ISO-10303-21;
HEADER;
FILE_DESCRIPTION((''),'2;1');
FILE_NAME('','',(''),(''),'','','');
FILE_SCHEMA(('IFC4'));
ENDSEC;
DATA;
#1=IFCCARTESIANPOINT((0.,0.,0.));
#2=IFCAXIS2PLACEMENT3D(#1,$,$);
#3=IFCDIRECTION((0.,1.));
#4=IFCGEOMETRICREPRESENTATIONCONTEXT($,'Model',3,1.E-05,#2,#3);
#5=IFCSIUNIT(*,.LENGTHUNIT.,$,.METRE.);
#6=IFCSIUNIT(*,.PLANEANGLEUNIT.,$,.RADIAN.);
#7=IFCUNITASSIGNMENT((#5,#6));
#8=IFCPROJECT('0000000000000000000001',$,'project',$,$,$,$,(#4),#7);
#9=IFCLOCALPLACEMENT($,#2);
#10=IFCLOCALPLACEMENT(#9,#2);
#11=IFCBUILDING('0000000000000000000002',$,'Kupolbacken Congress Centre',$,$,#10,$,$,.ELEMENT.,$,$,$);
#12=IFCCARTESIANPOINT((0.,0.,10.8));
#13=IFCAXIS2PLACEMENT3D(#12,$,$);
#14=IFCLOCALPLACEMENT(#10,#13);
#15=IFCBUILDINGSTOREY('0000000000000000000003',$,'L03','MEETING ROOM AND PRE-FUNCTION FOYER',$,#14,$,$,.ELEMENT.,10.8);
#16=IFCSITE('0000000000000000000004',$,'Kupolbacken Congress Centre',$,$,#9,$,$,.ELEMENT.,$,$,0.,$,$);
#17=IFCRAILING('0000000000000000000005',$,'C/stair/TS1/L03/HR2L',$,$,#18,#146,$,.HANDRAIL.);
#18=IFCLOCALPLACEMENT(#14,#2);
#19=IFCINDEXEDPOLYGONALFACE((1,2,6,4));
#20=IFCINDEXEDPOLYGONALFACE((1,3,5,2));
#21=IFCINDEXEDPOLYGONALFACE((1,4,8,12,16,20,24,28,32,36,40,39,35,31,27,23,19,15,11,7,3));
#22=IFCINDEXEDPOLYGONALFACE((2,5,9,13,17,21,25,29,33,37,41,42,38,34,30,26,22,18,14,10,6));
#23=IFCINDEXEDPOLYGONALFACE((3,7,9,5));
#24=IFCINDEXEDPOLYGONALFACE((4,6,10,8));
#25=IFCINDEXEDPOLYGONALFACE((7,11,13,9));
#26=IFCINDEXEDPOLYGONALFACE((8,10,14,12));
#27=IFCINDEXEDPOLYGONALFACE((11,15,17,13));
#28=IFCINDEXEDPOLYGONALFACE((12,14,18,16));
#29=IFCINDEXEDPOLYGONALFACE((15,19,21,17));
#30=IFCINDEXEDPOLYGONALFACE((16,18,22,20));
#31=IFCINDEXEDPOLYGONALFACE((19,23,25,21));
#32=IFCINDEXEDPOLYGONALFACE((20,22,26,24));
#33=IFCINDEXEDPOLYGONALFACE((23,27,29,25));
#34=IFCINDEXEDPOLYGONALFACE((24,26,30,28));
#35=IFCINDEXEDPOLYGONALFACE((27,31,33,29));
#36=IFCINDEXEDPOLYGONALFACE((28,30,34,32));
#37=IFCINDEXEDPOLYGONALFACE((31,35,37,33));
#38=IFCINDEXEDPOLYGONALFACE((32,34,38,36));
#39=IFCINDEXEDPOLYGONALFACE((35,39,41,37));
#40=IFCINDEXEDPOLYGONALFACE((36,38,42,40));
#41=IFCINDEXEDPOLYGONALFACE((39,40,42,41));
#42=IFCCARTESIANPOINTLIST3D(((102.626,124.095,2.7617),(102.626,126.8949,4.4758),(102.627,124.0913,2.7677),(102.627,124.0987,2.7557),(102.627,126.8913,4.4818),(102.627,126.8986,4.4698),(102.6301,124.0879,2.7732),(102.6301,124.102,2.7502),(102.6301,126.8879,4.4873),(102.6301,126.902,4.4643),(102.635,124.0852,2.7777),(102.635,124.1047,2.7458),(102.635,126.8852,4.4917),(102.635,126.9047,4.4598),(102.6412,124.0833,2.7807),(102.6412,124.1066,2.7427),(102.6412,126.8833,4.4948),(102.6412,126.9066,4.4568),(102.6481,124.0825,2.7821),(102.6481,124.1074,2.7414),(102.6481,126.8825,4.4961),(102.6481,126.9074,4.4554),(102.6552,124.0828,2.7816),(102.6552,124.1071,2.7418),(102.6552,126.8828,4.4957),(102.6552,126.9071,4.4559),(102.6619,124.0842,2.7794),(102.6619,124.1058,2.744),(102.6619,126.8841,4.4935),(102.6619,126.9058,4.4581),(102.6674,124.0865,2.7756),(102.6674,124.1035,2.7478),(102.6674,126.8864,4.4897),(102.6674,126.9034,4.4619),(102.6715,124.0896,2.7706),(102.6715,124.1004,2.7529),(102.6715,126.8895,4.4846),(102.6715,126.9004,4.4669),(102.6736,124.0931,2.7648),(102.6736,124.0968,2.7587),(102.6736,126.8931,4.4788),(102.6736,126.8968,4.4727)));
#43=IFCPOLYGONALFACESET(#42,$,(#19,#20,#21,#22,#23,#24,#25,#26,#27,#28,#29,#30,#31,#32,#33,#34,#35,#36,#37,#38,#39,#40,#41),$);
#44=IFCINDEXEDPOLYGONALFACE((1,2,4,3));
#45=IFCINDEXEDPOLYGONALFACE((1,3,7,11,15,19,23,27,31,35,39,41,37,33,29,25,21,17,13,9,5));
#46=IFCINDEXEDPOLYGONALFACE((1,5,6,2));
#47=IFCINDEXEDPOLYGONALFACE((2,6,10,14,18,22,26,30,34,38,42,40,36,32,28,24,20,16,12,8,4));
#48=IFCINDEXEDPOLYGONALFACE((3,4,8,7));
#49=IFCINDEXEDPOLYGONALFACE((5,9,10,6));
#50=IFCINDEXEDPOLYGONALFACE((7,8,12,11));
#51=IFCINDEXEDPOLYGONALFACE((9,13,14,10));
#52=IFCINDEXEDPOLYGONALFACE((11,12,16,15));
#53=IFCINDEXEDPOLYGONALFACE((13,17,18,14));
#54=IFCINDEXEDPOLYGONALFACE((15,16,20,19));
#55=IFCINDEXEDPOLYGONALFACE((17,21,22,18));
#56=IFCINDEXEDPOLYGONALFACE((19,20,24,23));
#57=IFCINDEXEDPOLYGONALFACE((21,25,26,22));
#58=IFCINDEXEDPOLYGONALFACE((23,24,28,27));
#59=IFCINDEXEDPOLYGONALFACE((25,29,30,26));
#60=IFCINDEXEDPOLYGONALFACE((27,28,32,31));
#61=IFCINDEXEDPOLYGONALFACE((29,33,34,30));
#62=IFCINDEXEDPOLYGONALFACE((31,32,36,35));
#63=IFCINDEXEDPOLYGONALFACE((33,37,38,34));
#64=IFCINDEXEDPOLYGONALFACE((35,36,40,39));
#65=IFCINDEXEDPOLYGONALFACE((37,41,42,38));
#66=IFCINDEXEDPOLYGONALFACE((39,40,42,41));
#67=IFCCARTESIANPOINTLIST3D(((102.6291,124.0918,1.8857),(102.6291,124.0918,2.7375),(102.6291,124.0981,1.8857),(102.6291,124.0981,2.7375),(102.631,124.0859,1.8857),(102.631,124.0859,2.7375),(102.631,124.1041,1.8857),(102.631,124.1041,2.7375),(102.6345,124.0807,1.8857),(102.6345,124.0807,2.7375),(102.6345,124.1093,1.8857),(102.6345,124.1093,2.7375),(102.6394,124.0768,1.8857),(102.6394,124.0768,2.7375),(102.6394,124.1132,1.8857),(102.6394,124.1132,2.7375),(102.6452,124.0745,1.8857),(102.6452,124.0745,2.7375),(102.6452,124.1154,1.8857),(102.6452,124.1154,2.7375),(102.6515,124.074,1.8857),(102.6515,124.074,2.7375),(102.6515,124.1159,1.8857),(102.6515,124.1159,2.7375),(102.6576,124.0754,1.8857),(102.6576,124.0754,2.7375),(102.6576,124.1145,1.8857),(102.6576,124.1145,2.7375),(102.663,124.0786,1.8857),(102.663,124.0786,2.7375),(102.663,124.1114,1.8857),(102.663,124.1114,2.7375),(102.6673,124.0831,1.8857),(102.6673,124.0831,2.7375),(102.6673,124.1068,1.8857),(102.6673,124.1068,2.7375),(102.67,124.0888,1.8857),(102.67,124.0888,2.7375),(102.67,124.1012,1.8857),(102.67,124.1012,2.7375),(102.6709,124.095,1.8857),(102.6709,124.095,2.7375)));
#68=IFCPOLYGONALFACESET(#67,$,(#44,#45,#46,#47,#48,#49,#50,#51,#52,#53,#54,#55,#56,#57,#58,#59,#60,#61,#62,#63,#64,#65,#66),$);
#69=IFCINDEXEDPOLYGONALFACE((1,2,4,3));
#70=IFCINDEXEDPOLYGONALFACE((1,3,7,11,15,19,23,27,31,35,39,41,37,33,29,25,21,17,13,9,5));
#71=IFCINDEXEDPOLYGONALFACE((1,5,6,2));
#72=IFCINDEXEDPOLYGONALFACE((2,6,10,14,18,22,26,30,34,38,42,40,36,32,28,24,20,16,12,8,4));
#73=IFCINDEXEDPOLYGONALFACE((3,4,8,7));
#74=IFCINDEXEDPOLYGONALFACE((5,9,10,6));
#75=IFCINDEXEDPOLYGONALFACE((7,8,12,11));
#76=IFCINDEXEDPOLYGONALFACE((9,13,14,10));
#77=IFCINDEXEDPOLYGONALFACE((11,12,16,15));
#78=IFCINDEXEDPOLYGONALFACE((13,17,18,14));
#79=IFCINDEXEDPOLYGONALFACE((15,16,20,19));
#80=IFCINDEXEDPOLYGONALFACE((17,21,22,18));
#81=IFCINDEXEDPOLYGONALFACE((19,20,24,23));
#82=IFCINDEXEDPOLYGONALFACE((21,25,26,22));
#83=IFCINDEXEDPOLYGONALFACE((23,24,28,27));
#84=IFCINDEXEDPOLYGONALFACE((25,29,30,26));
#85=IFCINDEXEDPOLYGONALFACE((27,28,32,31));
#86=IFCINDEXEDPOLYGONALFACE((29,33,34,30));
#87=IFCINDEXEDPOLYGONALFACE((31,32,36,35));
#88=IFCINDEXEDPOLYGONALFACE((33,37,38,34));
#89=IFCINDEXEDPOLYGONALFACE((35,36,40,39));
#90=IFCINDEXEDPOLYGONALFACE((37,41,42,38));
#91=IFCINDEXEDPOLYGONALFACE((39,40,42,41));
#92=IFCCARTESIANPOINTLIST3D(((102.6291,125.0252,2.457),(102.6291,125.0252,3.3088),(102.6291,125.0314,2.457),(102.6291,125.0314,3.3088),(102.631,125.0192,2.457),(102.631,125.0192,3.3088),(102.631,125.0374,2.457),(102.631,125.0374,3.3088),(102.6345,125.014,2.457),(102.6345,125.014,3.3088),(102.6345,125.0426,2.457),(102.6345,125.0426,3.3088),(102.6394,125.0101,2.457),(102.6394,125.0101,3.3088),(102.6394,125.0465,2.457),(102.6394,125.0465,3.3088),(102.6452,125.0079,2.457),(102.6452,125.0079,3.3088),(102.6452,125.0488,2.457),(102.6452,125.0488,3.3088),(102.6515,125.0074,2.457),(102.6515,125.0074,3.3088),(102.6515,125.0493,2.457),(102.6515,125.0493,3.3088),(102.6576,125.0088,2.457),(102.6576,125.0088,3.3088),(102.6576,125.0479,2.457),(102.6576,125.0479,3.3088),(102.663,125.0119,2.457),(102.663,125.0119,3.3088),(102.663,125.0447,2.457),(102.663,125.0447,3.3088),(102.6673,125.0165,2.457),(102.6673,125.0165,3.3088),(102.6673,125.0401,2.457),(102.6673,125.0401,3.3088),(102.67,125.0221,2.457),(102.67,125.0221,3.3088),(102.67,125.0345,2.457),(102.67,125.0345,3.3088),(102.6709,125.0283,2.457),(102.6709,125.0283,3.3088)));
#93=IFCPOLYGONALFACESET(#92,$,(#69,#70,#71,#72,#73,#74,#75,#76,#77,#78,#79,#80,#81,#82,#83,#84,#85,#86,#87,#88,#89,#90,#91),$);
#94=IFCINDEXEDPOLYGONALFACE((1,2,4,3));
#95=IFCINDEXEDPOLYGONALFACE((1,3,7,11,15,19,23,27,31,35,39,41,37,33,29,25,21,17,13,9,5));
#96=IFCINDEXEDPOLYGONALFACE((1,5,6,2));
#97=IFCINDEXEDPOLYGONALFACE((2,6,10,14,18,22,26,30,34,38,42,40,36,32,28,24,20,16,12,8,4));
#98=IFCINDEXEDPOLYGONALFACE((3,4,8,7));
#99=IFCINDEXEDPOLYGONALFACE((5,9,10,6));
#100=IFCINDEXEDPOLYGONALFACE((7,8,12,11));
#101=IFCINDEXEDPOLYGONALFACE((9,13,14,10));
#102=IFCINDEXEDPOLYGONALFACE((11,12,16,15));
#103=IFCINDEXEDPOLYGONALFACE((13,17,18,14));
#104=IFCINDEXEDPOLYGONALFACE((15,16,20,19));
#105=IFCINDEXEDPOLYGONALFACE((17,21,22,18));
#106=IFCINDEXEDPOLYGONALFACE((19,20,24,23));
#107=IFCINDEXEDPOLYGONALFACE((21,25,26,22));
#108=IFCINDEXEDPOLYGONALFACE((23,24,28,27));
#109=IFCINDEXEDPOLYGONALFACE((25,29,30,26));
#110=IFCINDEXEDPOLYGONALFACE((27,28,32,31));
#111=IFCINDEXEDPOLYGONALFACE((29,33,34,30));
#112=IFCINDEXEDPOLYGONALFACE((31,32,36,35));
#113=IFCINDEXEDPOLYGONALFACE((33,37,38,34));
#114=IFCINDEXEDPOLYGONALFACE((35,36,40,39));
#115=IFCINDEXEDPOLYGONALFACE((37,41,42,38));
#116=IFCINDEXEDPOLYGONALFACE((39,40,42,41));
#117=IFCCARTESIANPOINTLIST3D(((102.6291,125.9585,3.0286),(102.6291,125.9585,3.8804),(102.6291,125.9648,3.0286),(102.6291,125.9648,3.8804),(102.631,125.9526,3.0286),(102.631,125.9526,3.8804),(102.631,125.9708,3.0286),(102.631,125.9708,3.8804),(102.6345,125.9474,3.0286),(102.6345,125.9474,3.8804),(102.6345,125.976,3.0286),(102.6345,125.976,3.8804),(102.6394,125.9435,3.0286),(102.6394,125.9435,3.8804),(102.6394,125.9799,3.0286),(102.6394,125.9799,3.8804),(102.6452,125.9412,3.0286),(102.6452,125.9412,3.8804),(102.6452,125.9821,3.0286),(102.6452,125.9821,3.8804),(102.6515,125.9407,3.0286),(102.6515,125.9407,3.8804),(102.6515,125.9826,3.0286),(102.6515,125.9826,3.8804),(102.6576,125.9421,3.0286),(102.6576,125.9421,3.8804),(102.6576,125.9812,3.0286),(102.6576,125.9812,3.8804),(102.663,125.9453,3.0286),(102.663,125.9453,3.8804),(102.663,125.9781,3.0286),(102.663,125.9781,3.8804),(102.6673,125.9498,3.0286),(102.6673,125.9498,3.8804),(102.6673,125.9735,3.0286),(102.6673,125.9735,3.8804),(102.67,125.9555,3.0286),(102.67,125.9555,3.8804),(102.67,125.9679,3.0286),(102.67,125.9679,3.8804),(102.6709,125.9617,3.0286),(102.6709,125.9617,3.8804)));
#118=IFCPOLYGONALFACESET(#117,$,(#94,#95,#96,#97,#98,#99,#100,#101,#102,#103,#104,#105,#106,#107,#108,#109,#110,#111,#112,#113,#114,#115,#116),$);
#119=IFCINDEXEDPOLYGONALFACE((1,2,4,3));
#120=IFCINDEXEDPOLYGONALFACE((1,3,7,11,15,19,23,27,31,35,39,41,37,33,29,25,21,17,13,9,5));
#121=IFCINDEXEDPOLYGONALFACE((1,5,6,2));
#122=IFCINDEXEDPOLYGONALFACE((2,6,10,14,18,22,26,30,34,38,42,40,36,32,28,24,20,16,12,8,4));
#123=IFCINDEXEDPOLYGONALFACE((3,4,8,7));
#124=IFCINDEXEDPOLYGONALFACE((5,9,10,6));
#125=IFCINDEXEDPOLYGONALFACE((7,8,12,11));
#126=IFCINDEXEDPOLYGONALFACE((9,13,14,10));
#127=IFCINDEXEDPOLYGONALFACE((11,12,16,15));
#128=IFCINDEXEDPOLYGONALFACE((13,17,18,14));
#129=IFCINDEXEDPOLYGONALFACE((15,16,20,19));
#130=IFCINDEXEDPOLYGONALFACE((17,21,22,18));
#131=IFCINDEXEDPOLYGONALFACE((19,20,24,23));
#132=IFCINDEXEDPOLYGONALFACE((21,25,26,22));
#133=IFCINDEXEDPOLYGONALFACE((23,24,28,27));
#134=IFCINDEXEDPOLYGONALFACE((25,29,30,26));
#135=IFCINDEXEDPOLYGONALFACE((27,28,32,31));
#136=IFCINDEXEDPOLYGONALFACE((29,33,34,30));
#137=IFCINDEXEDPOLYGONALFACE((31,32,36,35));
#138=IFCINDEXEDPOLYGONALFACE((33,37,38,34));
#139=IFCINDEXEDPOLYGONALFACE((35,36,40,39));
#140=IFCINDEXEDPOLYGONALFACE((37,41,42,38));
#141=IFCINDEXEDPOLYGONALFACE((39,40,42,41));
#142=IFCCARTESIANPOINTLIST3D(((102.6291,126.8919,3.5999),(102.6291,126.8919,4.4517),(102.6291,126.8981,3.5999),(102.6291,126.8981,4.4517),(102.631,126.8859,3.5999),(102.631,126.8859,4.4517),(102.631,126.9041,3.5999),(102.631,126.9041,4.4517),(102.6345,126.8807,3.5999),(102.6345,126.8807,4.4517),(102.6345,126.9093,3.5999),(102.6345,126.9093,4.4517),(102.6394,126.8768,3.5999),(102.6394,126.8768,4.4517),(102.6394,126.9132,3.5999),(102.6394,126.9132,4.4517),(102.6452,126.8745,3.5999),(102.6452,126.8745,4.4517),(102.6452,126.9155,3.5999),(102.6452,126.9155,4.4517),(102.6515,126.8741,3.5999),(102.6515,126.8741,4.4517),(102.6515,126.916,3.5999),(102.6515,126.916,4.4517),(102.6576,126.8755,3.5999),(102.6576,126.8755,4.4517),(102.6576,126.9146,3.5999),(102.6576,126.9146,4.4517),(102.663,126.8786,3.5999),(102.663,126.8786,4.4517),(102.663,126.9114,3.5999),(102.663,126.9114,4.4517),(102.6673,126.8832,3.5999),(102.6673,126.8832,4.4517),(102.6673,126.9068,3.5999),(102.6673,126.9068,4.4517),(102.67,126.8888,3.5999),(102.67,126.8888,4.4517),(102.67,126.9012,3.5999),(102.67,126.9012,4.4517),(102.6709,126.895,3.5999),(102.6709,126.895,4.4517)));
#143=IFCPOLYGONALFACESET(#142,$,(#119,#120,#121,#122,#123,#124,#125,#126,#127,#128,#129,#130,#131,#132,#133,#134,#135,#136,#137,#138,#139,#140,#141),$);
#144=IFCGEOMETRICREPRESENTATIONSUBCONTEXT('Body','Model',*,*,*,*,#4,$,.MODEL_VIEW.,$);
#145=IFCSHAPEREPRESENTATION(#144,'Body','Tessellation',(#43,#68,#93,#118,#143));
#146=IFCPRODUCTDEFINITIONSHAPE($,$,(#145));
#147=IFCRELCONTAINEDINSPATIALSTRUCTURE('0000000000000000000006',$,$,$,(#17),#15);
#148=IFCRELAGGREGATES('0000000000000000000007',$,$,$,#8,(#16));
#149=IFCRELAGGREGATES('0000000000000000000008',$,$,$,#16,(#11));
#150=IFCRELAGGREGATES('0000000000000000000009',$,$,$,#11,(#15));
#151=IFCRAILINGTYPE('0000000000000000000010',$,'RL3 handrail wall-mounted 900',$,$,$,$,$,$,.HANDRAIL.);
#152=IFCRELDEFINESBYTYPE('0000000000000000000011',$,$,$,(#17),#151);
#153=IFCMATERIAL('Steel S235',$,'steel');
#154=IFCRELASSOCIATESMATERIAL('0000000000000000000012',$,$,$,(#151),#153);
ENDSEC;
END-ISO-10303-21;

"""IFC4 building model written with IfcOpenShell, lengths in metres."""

from ifc_helpers import new_model, si_unit, direction, frame, origin, origin_2d, place, context, subcontext, project, spatial, circle, extrude, material, type_object, element, save


model = new_model("IFC4")

# Units and contexts
model_context = context("Model", 3, precision=1e-05, world=origin(), true_north=direction((0.0, 1.0)))
body_context = subcontext(model_context, "Body", "Model", "MODEL_VIEW")
ifc_project = project(units=[si_unit("LENGTHUNIT", "METRE"), si_unit("PLANEANGLEUNIT", "RADIAN")], contexts=[model_context])

# Site, building, storey
site_placement = place(None, origin())
site = spatial("IfcSite", under=ifc_project, at=site_placement, Name="Kupolbacken Congress Centre", CompositionType="ELEMENT", RefElevation=0.0)
building_placement = place(site_placement, origin())
building = spatial("IfcBuilding", under=site, at=building_placement, Name="Kupolbacken Congress Centre", CompositionType="ELEMENT")
storey_placement = place(building_placement, frame((0.0, 0.0, 10.8)))
storey = spatial("IfcBuildingStorey", under=building, at=storey_placement, Name="L03", Description="MEETING ROOM AND PRE-FUNCTION FOYER", CompositionType="ELEMENT", Elevation=10.8)

# Railing
ifc_material_1 = material(Name="Steel S235", Category="steel")
railing_type = type_object("IfcRailingType", Name="RL3 handrail wall-mounted 900", PredefinedType="HANDRAIL", material=ifc_material_1)
for number, where, name in (
    (1, (102.6499, 124.095, 1.8857), "C/stair/TS1/L03/HR2L"),
):
    element("IfcRailing", number, at=place(storey_placement, frame(where)), inside=storey, type_object=railing_type, Name=name, PredefinedType="HANDRAIL", context=body_context, shape_type="SweptSolid", body=[
        extrude(circle(Radius=0.0239, at=origin_2d()), frame((0.0, 0.0, 0.876), z_axis=(0.0, 0.852879, 0.522109), x_axis=(-1.0, 0.0, 0.0)), (0.0, 0.0, 1.0), 3.283),
        extrude(circle(Radius=0.021, at=origin_2d()), origin(), (0.0, 0.0, 1.0), 0.8518),
        extrude(circle(Radius=0.021, at=origin_2d()), frame((0.0, 0.9333, 0.5713)), (0.0, 0.0, 1.0), 0.8518),
        extrude(circle(Radius=0.021, at=origin_2d()), frame((0.0, 1.8667, 1.1428)), (0.0, 0.0, 1.0), 0.8518),
        extrude(circle(Radius=0.021, at=origin_2d()), frame((0.0, 2.8, 1.7141)), (0.0, 0.0, 1.0), 0.8518),
    ])

save(model, "model.ifc")
